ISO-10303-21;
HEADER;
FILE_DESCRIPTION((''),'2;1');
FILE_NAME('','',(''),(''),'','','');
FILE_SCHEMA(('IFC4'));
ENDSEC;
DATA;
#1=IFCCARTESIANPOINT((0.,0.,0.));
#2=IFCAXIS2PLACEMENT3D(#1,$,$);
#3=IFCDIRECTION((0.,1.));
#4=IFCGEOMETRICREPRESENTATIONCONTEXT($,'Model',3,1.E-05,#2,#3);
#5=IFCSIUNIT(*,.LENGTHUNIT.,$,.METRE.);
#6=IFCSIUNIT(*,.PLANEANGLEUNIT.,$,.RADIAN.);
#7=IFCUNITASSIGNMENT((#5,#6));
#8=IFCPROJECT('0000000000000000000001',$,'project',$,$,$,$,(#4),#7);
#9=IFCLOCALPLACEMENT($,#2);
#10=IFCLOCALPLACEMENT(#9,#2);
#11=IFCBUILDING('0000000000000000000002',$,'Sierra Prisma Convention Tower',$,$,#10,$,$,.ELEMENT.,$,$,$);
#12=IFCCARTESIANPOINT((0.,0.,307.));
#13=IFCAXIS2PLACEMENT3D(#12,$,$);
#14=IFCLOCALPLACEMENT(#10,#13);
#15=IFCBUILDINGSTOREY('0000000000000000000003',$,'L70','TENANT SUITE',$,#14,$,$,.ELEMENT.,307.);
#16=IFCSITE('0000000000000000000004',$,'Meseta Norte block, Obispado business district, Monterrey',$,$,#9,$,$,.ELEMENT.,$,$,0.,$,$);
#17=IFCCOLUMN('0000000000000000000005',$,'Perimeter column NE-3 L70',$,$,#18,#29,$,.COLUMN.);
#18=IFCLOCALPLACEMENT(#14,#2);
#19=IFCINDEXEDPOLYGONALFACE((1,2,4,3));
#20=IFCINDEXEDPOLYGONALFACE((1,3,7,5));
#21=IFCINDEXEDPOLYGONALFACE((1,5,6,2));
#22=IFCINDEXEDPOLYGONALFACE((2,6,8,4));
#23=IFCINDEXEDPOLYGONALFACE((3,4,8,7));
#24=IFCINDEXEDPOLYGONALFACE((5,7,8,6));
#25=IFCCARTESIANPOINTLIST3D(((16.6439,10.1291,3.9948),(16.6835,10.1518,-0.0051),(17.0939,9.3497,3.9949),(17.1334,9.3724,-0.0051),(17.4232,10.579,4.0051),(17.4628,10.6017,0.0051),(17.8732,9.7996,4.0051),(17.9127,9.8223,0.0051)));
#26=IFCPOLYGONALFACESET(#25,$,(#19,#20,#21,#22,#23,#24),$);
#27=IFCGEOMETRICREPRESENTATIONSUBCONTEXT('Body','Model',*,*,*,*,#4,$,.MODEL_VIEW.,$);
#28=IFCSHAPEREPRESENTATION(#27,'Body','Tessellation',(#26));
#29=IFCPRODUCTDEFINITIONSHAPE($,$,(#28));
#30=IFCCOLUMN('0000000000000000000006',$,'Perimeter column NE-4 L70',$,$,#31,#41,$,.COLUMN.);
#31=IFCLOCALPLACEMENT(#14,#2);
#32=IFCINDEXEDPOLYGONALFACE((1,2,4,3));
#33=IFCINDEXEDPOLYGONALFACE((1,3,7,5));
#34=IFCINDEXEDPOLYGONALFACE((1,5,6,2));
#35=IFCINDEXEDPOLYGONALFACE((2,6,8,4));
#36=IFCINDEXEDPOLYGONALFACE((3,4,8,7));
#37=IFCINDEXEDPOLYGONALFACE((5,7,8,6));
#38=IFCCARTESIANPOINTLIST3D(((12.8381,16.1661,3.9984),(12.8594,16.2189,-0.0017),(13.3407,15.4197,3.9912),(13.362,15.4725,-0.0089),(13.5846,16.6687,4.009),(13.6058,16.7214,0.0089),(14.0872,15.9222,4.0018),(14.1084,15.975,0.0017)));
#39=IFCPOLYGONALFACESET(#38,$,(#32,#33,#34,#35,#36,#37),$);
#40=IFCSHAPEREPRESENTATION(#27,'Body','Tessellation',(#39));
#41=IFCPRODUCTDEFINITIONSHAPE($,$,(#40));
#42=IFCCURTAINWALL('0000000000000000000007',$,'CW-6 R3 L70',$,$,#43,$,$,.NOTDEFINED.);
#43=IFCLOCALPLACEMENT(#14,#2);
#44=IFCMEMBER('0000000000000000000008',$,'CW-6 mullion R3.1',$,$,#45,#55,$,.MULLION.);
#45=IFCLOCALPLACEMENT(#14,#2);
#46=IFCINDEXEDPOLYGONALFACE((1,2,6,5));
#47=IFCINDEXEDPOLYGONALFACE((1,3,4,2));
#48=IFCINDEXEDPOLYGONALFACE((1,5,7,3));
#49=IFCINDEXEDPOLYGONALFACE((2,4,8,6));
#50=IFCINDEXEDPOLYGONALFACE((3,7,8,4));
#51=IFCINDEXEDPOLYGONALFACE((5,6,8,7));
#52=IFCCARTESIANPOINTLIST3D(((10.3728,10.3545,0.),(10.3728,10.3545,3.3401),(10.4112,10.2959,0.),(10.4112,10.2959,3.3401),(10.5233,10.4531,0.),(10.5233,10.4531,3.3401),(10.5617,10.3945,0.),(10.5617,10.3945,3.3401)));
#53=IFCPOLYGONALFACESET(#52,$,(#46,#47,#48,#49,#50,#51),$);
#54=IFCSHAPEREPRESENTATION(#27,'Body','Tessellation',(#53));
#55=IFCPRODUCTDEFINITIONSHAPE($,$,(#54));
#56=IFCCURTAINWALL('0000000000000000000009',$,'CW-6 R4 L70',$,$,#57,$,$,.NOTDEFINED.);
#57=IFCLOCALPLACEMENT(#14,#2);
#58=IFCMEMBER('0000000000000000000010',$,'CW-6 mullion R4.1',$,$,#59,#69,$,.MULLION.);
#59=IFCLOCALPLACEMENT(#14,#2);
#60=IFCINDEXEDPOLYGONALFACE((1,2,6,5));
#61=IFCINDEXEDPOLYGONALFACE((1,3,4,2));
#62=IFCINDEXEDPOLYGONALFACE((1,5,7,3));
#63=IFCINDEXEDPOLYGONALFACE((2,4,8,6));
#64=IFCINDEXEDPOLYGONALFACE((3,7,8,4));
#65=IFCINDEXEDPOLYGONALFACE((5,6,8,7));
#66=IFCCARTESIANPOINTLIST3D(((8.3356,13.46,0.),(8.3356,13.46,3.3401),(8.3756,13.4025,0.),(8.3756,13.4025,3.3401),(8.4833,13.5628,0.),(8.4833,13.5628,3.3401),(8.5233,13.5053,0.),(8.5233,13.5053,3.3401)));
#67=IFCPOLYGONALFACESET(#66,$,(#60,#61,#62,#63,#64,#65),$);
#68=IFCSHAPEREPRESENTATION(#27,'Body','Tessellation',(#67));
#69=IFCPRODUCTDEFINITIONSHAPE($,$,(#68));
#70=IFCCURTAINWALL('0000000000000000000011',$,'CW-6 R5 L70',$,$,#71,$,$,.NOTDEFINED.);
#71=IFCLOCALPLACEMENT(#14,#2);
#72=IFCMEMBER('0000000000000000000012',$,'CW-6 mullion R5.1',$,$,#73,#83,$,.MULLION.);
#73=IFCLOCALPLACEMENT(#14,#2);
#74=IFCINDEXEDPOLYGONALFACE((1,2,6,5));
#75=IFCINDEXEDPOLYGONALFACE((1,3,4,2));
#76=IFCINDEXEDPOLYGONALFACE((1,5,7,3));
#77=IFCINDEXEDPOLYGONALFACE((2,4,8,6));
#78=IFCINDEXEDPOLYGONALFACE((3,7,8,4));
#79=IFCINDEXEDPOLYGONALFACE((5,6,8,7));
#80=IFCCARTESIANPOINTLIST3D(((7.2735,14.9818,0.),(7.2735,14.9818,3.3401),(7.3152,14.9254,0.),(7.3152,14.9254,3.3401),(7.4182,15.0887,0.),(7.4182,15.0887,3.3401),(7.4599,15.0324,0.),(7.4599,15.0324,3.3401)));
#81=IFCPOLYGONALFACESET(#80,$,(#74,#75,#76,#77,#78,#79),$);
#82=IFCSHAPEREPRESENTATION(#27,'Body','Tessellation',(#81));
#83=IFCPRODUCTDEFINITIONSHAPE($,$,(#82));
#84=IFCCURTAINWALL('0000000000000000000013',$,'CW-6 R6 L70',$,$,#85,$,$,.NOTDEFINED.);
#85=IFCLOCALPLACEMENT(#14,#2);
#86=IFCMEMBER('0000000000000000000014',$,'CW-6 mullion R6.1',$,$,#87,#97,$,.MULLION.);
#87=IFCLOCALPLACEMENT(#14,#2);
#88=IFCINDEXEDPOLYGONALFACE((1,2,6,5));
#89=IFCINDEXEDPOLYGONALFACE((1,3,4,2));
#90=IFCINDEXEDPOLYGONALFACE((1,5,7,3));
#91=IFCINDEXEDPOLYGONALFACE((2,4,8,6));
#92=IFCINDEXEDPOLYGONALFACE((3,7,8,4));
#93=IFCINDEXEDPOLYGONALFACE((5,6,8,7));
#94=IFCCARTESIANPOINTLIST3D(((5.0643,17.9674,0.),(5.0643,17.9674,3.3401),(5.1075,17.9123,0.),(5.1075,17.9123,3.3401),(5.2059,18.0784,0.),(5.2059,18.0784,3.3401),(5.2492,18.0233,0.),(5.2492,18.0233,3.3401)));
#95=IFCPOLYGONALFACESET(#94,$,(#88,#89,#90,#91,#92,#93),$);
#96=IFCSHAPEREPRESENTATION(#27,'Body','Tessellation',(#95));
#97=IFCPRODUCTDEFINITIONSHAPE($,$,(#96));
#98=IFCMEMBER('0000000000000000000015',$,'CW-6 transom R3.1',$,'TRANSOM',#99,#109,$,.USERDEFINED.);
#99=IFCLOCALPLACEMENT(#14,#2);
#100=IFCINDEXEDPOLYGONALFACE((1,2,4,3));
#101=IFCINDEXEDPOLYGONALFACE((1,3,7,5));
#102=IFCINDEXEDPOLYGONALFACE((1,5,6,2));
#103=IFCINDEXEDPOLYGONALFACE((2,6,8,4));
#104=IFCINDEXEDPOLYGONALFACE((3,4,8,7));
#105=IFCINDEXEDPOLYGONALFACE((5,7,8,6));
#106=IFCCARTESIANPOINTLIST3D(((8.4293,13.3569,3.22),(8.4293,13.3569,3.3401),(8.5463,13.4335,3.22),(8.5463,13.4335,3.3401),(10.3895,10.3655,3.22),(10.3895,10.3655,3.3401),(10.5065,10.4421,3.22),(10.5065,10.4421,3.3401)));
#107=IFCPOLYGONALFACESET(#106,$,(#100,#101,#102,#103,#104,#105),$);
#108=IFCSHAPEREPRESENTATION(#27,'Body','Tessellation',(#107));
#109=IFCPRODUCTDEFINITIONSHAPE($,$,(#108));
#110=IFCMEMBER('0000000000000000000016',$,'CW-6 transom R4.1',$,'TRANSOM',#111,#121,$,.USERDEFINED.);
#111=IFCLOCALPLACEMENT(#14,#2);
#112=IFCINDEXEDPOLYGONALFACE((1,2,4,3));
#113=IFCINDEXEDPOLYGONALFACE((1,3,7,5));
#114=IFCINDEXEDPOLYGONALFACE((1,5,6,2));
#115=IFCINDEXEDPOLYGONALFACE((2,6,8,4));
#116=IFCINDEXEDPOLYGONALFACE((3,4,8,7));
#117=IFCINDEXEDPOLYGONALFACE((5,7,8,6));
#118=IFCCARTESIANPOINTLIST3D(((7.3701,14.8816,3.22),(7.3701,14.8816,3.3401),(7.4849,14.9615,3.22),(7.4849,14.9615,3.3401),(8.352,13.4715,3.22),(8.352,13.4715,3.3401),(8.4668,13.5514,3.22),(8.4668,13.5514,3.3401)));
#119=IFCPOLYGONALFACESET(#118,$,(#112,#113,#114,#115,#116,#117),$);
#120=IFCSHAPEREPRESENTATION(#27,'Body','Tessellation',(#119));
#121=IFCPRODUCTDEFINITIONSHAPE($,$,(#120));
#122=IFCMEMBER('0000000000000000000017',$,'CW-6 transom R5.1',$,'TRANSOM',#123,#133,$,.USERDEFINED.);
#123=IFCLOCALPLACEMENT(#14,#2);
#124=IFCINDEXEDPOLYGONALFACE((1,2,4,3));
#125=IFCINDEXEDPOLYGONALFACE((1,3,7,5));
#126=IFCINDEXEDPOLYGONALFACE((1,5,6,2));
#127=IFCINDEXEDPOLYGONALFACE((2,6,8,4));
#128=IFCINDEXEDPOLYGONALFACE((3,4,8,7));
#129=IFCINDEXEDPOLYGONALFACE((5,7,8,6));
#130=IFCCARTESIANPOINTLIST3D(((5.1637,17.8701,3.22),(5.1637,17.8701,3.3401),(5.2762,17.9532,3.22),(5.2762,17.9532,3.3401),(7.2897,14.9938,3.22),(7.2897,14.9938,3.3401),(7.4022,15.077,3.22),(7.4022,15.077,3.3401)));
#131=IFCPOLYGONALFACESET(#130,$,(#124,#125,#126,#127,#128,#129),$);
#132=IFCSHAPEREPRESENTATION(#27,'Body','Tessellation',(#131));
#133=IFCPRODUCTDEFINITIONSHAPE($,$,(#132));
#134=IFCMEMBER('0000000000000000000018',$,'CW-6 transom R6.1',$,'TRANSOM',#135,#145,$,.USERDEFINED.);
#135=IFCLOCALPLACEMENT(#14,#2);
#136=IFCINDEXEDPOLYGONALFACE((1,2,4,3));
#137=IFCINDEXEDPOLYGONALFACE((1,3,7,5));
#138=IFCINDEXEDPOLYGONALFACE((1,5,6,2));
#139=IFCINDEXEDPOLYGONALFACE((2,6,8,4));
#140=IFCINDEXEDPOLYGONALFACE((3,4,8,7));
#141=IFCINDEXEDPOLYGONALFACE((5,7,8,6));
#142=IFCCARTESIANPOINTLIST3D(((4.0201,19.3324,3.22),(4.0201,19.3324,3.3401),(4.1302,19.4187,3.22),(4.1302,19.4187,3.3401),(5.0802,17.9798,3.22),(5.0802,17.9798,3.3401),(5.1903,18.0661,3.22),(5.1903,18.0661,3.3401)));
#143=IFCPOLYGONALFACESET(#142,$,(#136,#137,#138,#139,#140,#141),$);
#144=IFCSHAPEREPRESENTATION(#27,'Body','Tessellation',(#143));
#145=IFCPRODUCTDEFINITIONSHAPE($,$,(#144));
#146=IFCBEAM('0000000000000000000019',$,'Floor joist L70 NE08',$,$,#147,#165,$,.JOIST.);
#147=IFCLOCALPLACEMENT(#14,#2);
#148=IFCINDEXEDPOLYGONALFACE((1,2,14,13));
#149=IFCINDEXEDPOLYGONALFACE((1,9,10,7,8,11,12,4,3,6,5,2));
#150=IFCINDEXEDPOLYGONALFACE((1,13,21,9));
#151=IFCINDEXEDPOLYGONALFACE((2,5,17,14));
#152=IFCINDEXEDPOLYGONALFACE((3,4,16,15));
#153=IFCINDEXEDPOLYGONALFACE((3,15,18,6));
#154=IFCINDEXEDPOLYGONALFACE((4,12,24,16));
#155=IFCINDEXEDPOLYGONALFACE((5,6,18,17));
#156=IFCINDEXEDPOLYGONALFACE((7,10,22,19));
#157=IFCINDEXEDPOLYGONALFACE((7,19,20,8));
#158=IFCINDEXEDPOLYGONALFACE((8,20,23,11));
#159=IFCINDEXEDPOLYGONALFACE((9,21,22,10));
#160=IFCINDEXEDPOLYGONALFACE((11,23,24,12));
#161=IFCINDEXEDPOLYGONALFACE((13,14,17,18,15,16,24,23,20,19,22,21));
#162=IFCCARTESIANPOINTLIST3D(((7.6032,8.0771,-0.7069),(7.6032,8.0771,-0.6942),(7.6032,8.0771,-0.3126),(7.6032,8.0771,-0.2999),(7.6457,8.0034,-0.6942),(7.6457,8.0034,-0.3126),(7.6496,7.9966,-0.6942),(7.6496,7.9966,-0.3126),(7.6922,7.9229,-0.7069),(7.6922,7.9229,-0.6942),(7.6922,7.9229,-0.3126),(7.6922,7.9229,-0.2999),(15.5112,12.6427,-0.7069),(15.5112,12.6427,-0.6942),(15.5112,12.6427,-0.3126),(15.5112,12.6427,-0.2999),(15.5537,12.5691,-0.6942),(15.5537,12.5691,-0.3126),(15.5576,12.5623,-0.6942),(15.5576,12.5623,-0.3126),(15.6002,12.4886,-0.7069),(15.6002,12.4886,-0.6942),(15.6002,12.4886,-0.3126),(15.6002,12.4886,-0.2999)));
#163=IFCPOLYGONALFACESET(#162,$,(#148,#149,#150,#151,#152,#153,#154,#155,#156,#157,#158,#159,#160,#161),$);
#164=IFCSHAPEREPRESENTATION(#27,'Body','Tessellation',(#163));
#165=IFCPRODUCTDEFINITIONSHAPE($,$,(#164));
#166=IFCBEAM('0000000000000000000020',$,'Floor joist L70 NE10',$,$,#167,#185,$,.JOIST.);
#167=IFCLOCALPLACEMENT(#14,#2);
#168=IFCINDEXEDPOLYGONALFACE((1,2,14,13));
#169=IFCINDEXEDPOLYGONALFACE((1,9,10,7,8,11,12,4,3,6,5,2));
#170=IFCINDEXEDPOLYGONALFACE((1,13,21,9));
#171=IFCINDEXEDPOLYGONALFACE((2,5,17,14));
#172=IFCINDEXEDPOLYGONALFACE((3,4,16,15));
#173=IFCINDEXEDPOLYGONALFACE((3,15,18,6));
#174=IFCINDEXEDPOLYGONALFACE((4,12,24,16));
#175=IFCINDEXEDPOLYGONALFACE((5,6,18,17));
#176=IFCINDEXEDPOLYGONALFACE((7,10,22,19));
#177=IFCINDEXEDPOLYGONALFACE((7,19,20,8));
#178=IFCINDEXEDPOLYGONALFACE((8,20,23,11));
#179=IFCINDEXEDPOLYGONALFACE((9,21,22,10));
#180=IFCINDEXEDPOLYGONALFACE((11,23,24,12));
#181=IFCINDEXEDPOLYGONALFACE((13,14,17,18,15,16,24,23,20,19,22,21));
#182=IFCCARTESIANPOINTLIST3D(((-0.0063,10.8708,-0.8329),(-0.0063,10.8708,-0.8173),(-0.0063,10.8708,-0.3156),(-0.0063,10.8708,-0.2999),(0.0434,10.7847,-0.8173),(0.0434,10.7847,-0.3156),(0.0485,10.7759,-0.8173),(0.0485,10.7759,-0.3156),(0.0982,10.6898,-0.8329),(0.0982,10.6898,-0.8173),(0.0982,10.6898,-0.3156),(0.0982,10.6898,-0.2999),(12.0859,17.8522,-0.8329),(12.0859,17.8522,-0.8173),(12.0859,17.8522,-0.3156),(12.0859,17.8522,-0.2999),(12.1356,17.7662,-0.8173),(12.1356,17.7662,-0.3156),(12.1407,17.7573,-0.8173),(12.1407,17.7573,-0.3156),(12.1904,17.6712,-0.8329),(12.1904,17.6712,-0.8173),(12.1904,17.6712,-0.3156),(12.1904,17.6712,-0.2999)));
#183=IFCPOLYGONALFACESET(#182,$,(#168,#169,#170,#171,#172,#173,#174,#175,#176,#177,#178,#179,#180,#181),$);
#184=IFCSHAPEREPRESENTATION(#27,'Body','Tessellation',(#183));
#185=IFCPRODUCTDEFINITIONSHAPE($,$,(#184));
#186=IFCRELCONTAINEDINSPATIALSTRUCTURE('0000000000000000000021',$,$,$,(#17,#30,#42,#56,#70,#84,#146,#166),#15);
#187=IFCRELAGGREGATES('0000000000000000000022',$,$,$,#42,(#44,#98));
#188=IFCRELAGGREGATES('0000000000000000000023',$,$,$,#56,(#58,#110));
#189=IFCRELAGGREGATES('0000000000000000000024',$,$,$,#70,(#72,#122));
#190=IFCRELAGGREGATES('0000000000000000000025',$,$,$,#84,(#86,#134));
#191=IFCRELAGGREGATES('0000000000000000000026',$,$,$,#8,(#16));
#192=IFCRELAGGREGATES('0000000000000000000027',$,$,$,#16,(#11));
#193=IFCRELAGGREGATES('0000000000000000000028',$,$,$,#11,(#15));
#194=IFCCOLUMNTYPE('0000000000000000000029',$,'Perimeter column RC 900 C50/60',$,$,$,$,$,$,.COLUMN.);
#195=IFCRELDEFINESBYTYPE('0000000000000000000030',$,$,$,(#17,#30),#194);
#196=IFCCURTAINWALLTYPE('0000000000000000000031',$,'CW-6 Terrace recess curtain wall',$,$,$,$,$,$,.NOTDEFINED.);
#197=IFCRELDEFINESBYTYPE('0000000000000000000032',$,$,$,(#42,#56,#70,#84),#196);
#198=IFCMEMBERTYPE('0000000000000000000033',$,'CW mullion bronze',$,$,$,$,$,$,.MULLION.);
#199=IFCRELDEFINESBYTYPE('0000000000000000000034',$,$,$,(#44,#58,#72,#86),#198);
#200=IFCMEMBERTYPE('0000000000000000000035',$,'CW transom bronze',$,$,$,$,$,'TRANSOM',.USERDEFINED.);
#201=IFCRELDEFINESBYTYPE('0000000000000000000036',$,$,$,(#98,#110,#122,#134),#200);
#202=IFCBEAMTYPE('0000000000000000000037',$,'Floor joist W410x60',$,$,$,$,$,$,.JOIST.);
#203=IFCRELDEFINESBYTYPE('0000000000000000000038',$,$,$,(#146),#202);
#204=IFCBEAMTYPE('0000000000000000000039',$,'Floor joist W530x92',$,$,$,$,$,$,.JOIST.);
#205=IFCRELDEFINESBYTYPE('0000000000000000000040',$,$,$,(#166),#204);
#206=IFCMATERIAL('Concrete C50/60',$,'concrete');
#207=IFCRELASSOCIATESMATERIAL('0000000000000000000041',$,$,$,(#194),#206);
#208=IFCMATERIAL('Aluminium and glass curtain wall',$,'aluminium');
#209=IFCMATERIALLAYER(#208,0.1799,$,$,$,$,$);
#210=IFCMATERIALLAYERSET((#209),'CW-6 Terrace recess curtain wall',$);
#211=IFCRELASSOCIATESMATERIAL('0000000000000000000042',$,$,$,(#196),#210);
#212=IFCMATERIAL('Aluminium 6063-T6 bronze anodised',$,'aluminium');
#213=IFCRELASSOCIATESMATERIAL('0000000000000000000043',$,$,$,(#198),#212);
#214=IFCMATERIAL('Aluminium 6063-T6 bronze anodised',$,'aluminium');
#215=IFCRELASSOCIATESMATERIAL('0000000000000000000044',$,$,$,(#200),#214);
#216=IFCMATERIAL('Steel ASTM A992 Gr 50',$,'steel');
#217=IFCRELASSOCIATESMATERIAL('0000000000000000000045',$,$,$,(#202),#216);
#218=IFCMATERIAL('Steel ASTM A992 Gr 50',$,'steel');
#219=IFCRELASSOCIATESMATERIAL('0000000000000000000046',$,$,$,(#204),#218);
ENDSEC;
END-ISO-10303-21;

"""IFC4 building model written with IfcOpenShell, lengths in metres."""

from ifc_helpers import new_model, si_unit, direction, frame, origin, origin_2d, place, context, subcontext, project, spatial, rectangle, i_section, extrude, material, layer, layer_set, material_profile, profile_set, type_object, element, aggregate, save


model = new_model("IFC4")

# Units and contexts
model_context = context("Model", 3, precision=1e-05, world=origin(), true_north=direction((0.0, 1.0)))
body_context = subcontext(model_context, "Body", "Model", "MODEL_VIEW")
ifc_project = project(units=[si_unit("LENGTHUNIT", "METRE"), si_unit("PLANEANGLEUNIT", "RADIAN")], contexts=[model_context])

# Site, building, storey
site_placement = place(None, origin())
site = spatial("IfcSite", under=ifc_project, at=site_placement, Name="Meseta Norte block, Obispado business district, Monterrey", CompositionType="ELEMENT", RefElevation=0.0)
building_placement = place(site_placement, origin())
building = spatial("IfcBuilding", under=site, at=building_placement, Name="Sierra Prisma Convention Tower", CompositionType="ELEMENT")
storey_placement = place(building_placement, frame((0.0, 0.0, 307.0)))
storey = spatial("IfcBuildingStorey", under=building, at=storey_placement, Name="L70", Description="TENANT SUITE", CompositionType="ELEMENT", Elevation=307.0)

# Columns
ifc_material_1 = material(Name="Concrete C50/60", Category="concrete")
ifc_material_profile_1 = material_profile(ifc_material_1, rectangle(XDim=0.8999, YDim=0.8999, at=origin_2d()), Name="Perimeter column RC 900 C50/60")
ifc_profile_set_1 = profile_set([ifc_material_profile_1], Name="Concrete C50/60")
column_type = type_object("IfcColumnType", Name="Perimeter column RC 900 C50/60", PredefinedType="COLUMN", material=ifc_profile_set_1)
column_1_placement = place(storey_placement, frame((17.2981, 9.9871, 0.0), z_axis=(-0.009887, -0.005676, 0.999935), x_axis=(-0.499976, 0.86604, -0.000028)))
element("IfcColumn", 1, at=column_1_placement, inside=storey, type_object=column_type, Name="Perimeter column NE-3 L70", PredefinedType="COLUMN", context=body_context, shape_type="SweptSolid", body=[
    extrude(rectangle(XDim=0.8999, YDim=0.8999, at=origin_2d()), origin(), (0.0, 0.0, 1.0), 4.0002),
])
column_2_placement = place(storey_placement, frame((13.4839, 16.0969, 0.0), z_axis=(-0.00531, -0.013182, 0.999899), x_axis=(-0.558506, 0.829462, 0.00797)))
element("IfcColumn", 2, at=column_2_placement, inside=storey, type_object=column_type, Name="Perimeter column NE-4 L70", PredefinedType="COLUMN", context=body_context, shape_type="SweptSolid", body=[
    extrude(rectangle(XDim=0.8999, YDim=0.8999, at=origin_2d()), origin(), (0.0, 0.0, 1.0), 4.0005),
])

# Curtain walls, members
ifc_material_2 = material(Name="Aluminium and glass curtain wall", Category="aluminium")
ifc_layer_1 = layer(ifc_material_2, 0.1799)
ifc_layer_set_1 = layer_set([ifc_layer_1], Name="CW-6 Terrace recess curtain wall")
curtain_wall_type = type_object("IfcCurtainWallType", Name="CW-6 Terrace recess curtain wall", PredefinedType="NOTDEFINED", material=ifc_layer_set_1)
curtain_wall_1_placement = place(storey_placement, origin())
curtain_wall_1 = element("IfcCurtainWall", 3, at=curtain_wall_1_placement, inside=storey, type_object=curtain_wall_type, Name="CW-6 R3 L70", PredefinedType="NOTDEFINED")
ifc_material_3 = material(Name="Aluminium 6063-T6 bronze anodised", Category="aluminium")
ifc_material_profile_2 = material_profile(ifc_material_3, rectangle(XDim=0.1799, YDim=0.0701, at=origin_2d()), Name="ALU MULLION 70x180")
ifc_profile_set_2 = profile_set([ifc_material_profile_2], Name="Aluminium 6063-T6 bronze anodised")
member_type_1 = type_object("IfcMemberType", Name="CW mullion bronze", PredefinedType="MULLION", material=ifc_profile_set_2)
member_1_placement = place(storey_placement, frame((10.4673, 10.3745, 0.0), z_axis=(0.0, 0.0, 1.0), x_axis=(-0.836436, -0.548065, 0.0)))
member_1 = element("IfcMember", 4, at=member_1_placement, type_object=member_type_1, Name="CW-6 mullion R3.1", PredefinedType="MULLION", context=body_context, shape_type="SweptSolid", body=[
    extrude(rectangle(XDim=0.1799, YDim=0.0701, at=origin_2d()), origin(), (0.0, 0.0, 1.0), 3.3401),
])
curtain_wall_2_placement = place(storey_placement, origin())
curtain_wall_2 = element("IfcCurtainWall", 5, at=curtain_wall_2_placement, inside=storey, type_object=curtain_wall_type, Name="CW-6 R4 L70", PredefinedType="NOTDEFINED")
member_2_placement = place(storey_placement, frame((8.4294, 13.4827, 0.0), z_axis=(0.0, 0.0, 1.0), x_axis=(-0.820635, -0.571452, 0.0)))
member_2 = element("IfcMember", 6, at=member_2_placement, type_object=member_type_1, Name="CW-6 mullion R4.1", PredefinedType="MULLION", context=body_context, shape_type="SweptSolid", body=[
    extrude(rectangle(XDim=0.1799, YDim=0.0701, at=origin_2d()), origin(), (0.0, 0.0, 1.0), 3.3401),
])
curtain_wall_3_placement = place(storey_placement, origin())
curtain_wall_3 = element("IfcCurtainWall", 7, at=curtain_wall_3_placement, inside=storey, type_object=curtain_wall_type, Name="CW-6 R5 L70", PredefinedType="NOTDEFINED")
member_3_placement = place(storey_placement, frame((7.3667, 15.0071, 0.0), z_axis=(0.0, 0.0, 1.0), x_axis=(-0.804181, -0.594384, 0.0)))
member_3 = element("IfcMember", 8, at=member_3_placement, type_object=member_type_1, Name="CW-6 mullion R5.1", PredefinedType="MULLION", context=body_context, shape_type="SweptSolid", body=[
    extrude(rectangle(XDim=0.1799, YDim=0.0701, at=origin_2d()), origin(), (0.0, 0.0, 1.0), 3.3401),
])
curtain_wall_4_placement = place(storey_placement, origin())
curtain_wall_4 = element("IfcCurtainWall", 9, at=curtain_wall_4_placement, inside=storey, type_object=curtain_wall_type, Name="CW-6 R6 L70", PredefinedType="NOTDEFINED")
member_4_placement = place(storey_placement, frame((5.1567, 17.9954, 0.0), z_axis=(0.0, 0.0, 1.0), x_axis=(-0.787087, -0.616842, 0.0)))
member_4 = element("IfcMember", 10, at=member_4_placement, type_object=member_type_1, Name="CW-6 mullion R6.1", PredefinedType="MULLION", context=body_context, shape_type="SweptSolid", body=[
    extrude(rectangle(XDim=0.1799, YDim=0.0701, at=origin_2d()), origin(), (0.0, 0.0, 1.0), 3.3401),
])

# Members
ifc_material_4 = material(Name="Aluminium 6063-T6 bronze anodised", Category="aluminium")
ifc_material_profile_3 = material_profile(ifc_material_4, rectangle(XDim=0.1399, YDim=0.1201, at=origin_2d()), Name="ALU TRANSOM 120x140")
ifc_profile_set_3 = profile_set([ifc_material_profile_3], Name="Aluminium 6063-T6 bronze anodised")
member_type_2 = type_object("IfcMemberType", Name="CW transom bronze", ElementType="TRANSOM", PredefinedType="USERDEFINED", material=ifc_profile_set_3)
member_5_placement = place(storey_placement, frame((10.448, 10.4038, 3.28), z_axis=(-0.548082, 0.836424, 0.0), x_axis=(-0.836424, -0.548082, 0.0)))
member_5 = element("IfcMember", 11, at=member_5_placement, type_object=member_type_2, Name="CW-6 transom R3.1", ObjectType="TRANSOM", PredefinedType="USERDEFINED", context=body_context, shape_type="SweptSolid", body=[
    extrude(rectangle(XDim=0.1399, YDim=0.1201, at=origin_2d()), origin(), (0.0, 0.0, 1.0), 3.5764),
])
member_6_placement = place(storey_placement, frame((8.4094, 13.5115, 3.28), z_axis=(-0.571439, 0.820644, 0.0), x_axis=(-0.820644, -0.571439, 0.0)))
member_6 = element("IfcMember", 12, at=member_6_placement, type_object=member_type_2, Name="CW-6 transom R4.1", ObjectType="TRANSOM", PredefinedType="USERDEFINED", context=body_context, shape_type="SweptSolid", body=[
    extrude(rectangle(XDim=0.1399, YDim=0.1201, at=origin_2d()), origin(), (0.0, 0.0, 1.0), 1.7183),
])
member_7_placement = place(storey_placement, frame((7.3459, 15.0354, 3.28), z_axis=(-0.594404, 0.804166, 0.0), x_axis=(-0.804166, -0.594404, 0.0)))
member_7 = element("IfcMember", 13, at=member_7_placement, type_object=member_type_2, Name="CW-6 transom R5.1", ObjectType="TRANSOM", PredefinedType="USERDEFINED", context=body_context, shape_type="SweptSolid", body=[
    extrude(rectangle(XDim=0.1399, YDim=0.1201, at=origin_2d()), origin(), (0.0, 0.0, 1.0), 3.5767),
])
member_8_placement = place(storey_placement, frame((5.1353, 18.0229, 3.28), z_axis=(-0.616867, 0.787067, 0.0), x_axis=(-0.787067, -0.616867, 0.0)))
member_8 = element("IfcMember", 14, at=member_8_placement, type_object=member_type_2, Name="CW-6 transom R6.1", ObjectType="TRANSOM", PredefinedType="USERDEFINED", context=body_context, shape_type="SweptSolid", body=[
    extrude(rectangle(XDim=0.1399, YDim=0.1201, at=origin_2d()), origin(), (0.0, 0.0, 1.0), 1.7185),
])

# Beams
ifc_material_5 = material(Name="Steel ASTM A992 Gr 50", Category="steel")
ifc_material_profile_4 = material_profile(ifc_material_5, i_section(OverallWidth=0.178, OverallDepth=0.407, WebThickness=0.0078, FlangeThickness=0.0127, at=origin_2d()), Name="W410x60")
ifc_profile_set_4 = profile_set([ifc_material_profile_4], Name="Steel ASTM A992 Gr 50")
beam_type_1 = type_object("IfcBeamType", Name="Floor joist W410x60", PredefinedType="JOIST", material=ifc_profile_set_4)
beam_1_placement = place(storey_placement, frame((15.5557, 12.5657, -0.5034), z_axis=(-0.866025, -0.500001, 0.0), x_axis=(0.500001, -0.866025, 0.0)))
element("IfcBeam", 15, at=beam_1_placement, inside=storey, type_object=beam_type_1, Name="Floor joist L70 NE08", PredefinedType="JOIST", context=body_context, shape_type="SweptSolid", body=[
    extrude(i_section(OverallWidth=0.178, OverallDepth=0.407, WebThickness=0.0078, FlangeThickness=0.0127, at=origin_2d()), origin(), (0.0, 0.0, 1.0), 9.1313),
])
ifc_material_6 = material(Name="Steel ASTM A992 Gr 50", Category="steel")
ifc_material_profile_5 = material_profile(ifc_material_6, i_section(OverallWidth=0.209, OverallDepth=0.533, WebThickness=0.0103, FlangeThickness=0.0156, at=origin_2d()), Name="W530x92")
ifc_profile_set_5 = profile_set([ifc_material_profile_5], Name="Steel ASTM A992 Gr 50")
beam_type_2 = type_object("IfcBeamType", Name="Floor joist W530x92", PredefinedType="JOIST", material=ifc_profile_set_5)
beam_2_placement = place(storey_placement, frame((12.1382, 17.7617, -0.5664), z_axis=(-0.866027, -0.499998, 0.0), x_axis=(0.499998, -0.866027, 0.0)))
element("IfcBeam", 16, at=beam_2_placement, inside=storey, type_object=beam_type_2, Name="Floor joist L70 NE10", PredefinedType="JOIST", context=body_context, shape_type="SweptSolid", body=[
    extrude(i_section(OverallWidth=0.209, OverallDepth=0.533, WebThickness=0.0103, FlangeThickness=0.0156, at=origin_2d()), origin(), (0.0, 0.0, 1.0), 13.9629),
])

aggregate(curtain_wall_1, [member_1, member_5])
aggregate(curtain_wall_2, [member_2, member_6])
aggregate(curtain_wall_3, [member_3, member_7])
aggregate(curtain_wall_4, [member_4, member_8])

save(model, "model.ifc")
